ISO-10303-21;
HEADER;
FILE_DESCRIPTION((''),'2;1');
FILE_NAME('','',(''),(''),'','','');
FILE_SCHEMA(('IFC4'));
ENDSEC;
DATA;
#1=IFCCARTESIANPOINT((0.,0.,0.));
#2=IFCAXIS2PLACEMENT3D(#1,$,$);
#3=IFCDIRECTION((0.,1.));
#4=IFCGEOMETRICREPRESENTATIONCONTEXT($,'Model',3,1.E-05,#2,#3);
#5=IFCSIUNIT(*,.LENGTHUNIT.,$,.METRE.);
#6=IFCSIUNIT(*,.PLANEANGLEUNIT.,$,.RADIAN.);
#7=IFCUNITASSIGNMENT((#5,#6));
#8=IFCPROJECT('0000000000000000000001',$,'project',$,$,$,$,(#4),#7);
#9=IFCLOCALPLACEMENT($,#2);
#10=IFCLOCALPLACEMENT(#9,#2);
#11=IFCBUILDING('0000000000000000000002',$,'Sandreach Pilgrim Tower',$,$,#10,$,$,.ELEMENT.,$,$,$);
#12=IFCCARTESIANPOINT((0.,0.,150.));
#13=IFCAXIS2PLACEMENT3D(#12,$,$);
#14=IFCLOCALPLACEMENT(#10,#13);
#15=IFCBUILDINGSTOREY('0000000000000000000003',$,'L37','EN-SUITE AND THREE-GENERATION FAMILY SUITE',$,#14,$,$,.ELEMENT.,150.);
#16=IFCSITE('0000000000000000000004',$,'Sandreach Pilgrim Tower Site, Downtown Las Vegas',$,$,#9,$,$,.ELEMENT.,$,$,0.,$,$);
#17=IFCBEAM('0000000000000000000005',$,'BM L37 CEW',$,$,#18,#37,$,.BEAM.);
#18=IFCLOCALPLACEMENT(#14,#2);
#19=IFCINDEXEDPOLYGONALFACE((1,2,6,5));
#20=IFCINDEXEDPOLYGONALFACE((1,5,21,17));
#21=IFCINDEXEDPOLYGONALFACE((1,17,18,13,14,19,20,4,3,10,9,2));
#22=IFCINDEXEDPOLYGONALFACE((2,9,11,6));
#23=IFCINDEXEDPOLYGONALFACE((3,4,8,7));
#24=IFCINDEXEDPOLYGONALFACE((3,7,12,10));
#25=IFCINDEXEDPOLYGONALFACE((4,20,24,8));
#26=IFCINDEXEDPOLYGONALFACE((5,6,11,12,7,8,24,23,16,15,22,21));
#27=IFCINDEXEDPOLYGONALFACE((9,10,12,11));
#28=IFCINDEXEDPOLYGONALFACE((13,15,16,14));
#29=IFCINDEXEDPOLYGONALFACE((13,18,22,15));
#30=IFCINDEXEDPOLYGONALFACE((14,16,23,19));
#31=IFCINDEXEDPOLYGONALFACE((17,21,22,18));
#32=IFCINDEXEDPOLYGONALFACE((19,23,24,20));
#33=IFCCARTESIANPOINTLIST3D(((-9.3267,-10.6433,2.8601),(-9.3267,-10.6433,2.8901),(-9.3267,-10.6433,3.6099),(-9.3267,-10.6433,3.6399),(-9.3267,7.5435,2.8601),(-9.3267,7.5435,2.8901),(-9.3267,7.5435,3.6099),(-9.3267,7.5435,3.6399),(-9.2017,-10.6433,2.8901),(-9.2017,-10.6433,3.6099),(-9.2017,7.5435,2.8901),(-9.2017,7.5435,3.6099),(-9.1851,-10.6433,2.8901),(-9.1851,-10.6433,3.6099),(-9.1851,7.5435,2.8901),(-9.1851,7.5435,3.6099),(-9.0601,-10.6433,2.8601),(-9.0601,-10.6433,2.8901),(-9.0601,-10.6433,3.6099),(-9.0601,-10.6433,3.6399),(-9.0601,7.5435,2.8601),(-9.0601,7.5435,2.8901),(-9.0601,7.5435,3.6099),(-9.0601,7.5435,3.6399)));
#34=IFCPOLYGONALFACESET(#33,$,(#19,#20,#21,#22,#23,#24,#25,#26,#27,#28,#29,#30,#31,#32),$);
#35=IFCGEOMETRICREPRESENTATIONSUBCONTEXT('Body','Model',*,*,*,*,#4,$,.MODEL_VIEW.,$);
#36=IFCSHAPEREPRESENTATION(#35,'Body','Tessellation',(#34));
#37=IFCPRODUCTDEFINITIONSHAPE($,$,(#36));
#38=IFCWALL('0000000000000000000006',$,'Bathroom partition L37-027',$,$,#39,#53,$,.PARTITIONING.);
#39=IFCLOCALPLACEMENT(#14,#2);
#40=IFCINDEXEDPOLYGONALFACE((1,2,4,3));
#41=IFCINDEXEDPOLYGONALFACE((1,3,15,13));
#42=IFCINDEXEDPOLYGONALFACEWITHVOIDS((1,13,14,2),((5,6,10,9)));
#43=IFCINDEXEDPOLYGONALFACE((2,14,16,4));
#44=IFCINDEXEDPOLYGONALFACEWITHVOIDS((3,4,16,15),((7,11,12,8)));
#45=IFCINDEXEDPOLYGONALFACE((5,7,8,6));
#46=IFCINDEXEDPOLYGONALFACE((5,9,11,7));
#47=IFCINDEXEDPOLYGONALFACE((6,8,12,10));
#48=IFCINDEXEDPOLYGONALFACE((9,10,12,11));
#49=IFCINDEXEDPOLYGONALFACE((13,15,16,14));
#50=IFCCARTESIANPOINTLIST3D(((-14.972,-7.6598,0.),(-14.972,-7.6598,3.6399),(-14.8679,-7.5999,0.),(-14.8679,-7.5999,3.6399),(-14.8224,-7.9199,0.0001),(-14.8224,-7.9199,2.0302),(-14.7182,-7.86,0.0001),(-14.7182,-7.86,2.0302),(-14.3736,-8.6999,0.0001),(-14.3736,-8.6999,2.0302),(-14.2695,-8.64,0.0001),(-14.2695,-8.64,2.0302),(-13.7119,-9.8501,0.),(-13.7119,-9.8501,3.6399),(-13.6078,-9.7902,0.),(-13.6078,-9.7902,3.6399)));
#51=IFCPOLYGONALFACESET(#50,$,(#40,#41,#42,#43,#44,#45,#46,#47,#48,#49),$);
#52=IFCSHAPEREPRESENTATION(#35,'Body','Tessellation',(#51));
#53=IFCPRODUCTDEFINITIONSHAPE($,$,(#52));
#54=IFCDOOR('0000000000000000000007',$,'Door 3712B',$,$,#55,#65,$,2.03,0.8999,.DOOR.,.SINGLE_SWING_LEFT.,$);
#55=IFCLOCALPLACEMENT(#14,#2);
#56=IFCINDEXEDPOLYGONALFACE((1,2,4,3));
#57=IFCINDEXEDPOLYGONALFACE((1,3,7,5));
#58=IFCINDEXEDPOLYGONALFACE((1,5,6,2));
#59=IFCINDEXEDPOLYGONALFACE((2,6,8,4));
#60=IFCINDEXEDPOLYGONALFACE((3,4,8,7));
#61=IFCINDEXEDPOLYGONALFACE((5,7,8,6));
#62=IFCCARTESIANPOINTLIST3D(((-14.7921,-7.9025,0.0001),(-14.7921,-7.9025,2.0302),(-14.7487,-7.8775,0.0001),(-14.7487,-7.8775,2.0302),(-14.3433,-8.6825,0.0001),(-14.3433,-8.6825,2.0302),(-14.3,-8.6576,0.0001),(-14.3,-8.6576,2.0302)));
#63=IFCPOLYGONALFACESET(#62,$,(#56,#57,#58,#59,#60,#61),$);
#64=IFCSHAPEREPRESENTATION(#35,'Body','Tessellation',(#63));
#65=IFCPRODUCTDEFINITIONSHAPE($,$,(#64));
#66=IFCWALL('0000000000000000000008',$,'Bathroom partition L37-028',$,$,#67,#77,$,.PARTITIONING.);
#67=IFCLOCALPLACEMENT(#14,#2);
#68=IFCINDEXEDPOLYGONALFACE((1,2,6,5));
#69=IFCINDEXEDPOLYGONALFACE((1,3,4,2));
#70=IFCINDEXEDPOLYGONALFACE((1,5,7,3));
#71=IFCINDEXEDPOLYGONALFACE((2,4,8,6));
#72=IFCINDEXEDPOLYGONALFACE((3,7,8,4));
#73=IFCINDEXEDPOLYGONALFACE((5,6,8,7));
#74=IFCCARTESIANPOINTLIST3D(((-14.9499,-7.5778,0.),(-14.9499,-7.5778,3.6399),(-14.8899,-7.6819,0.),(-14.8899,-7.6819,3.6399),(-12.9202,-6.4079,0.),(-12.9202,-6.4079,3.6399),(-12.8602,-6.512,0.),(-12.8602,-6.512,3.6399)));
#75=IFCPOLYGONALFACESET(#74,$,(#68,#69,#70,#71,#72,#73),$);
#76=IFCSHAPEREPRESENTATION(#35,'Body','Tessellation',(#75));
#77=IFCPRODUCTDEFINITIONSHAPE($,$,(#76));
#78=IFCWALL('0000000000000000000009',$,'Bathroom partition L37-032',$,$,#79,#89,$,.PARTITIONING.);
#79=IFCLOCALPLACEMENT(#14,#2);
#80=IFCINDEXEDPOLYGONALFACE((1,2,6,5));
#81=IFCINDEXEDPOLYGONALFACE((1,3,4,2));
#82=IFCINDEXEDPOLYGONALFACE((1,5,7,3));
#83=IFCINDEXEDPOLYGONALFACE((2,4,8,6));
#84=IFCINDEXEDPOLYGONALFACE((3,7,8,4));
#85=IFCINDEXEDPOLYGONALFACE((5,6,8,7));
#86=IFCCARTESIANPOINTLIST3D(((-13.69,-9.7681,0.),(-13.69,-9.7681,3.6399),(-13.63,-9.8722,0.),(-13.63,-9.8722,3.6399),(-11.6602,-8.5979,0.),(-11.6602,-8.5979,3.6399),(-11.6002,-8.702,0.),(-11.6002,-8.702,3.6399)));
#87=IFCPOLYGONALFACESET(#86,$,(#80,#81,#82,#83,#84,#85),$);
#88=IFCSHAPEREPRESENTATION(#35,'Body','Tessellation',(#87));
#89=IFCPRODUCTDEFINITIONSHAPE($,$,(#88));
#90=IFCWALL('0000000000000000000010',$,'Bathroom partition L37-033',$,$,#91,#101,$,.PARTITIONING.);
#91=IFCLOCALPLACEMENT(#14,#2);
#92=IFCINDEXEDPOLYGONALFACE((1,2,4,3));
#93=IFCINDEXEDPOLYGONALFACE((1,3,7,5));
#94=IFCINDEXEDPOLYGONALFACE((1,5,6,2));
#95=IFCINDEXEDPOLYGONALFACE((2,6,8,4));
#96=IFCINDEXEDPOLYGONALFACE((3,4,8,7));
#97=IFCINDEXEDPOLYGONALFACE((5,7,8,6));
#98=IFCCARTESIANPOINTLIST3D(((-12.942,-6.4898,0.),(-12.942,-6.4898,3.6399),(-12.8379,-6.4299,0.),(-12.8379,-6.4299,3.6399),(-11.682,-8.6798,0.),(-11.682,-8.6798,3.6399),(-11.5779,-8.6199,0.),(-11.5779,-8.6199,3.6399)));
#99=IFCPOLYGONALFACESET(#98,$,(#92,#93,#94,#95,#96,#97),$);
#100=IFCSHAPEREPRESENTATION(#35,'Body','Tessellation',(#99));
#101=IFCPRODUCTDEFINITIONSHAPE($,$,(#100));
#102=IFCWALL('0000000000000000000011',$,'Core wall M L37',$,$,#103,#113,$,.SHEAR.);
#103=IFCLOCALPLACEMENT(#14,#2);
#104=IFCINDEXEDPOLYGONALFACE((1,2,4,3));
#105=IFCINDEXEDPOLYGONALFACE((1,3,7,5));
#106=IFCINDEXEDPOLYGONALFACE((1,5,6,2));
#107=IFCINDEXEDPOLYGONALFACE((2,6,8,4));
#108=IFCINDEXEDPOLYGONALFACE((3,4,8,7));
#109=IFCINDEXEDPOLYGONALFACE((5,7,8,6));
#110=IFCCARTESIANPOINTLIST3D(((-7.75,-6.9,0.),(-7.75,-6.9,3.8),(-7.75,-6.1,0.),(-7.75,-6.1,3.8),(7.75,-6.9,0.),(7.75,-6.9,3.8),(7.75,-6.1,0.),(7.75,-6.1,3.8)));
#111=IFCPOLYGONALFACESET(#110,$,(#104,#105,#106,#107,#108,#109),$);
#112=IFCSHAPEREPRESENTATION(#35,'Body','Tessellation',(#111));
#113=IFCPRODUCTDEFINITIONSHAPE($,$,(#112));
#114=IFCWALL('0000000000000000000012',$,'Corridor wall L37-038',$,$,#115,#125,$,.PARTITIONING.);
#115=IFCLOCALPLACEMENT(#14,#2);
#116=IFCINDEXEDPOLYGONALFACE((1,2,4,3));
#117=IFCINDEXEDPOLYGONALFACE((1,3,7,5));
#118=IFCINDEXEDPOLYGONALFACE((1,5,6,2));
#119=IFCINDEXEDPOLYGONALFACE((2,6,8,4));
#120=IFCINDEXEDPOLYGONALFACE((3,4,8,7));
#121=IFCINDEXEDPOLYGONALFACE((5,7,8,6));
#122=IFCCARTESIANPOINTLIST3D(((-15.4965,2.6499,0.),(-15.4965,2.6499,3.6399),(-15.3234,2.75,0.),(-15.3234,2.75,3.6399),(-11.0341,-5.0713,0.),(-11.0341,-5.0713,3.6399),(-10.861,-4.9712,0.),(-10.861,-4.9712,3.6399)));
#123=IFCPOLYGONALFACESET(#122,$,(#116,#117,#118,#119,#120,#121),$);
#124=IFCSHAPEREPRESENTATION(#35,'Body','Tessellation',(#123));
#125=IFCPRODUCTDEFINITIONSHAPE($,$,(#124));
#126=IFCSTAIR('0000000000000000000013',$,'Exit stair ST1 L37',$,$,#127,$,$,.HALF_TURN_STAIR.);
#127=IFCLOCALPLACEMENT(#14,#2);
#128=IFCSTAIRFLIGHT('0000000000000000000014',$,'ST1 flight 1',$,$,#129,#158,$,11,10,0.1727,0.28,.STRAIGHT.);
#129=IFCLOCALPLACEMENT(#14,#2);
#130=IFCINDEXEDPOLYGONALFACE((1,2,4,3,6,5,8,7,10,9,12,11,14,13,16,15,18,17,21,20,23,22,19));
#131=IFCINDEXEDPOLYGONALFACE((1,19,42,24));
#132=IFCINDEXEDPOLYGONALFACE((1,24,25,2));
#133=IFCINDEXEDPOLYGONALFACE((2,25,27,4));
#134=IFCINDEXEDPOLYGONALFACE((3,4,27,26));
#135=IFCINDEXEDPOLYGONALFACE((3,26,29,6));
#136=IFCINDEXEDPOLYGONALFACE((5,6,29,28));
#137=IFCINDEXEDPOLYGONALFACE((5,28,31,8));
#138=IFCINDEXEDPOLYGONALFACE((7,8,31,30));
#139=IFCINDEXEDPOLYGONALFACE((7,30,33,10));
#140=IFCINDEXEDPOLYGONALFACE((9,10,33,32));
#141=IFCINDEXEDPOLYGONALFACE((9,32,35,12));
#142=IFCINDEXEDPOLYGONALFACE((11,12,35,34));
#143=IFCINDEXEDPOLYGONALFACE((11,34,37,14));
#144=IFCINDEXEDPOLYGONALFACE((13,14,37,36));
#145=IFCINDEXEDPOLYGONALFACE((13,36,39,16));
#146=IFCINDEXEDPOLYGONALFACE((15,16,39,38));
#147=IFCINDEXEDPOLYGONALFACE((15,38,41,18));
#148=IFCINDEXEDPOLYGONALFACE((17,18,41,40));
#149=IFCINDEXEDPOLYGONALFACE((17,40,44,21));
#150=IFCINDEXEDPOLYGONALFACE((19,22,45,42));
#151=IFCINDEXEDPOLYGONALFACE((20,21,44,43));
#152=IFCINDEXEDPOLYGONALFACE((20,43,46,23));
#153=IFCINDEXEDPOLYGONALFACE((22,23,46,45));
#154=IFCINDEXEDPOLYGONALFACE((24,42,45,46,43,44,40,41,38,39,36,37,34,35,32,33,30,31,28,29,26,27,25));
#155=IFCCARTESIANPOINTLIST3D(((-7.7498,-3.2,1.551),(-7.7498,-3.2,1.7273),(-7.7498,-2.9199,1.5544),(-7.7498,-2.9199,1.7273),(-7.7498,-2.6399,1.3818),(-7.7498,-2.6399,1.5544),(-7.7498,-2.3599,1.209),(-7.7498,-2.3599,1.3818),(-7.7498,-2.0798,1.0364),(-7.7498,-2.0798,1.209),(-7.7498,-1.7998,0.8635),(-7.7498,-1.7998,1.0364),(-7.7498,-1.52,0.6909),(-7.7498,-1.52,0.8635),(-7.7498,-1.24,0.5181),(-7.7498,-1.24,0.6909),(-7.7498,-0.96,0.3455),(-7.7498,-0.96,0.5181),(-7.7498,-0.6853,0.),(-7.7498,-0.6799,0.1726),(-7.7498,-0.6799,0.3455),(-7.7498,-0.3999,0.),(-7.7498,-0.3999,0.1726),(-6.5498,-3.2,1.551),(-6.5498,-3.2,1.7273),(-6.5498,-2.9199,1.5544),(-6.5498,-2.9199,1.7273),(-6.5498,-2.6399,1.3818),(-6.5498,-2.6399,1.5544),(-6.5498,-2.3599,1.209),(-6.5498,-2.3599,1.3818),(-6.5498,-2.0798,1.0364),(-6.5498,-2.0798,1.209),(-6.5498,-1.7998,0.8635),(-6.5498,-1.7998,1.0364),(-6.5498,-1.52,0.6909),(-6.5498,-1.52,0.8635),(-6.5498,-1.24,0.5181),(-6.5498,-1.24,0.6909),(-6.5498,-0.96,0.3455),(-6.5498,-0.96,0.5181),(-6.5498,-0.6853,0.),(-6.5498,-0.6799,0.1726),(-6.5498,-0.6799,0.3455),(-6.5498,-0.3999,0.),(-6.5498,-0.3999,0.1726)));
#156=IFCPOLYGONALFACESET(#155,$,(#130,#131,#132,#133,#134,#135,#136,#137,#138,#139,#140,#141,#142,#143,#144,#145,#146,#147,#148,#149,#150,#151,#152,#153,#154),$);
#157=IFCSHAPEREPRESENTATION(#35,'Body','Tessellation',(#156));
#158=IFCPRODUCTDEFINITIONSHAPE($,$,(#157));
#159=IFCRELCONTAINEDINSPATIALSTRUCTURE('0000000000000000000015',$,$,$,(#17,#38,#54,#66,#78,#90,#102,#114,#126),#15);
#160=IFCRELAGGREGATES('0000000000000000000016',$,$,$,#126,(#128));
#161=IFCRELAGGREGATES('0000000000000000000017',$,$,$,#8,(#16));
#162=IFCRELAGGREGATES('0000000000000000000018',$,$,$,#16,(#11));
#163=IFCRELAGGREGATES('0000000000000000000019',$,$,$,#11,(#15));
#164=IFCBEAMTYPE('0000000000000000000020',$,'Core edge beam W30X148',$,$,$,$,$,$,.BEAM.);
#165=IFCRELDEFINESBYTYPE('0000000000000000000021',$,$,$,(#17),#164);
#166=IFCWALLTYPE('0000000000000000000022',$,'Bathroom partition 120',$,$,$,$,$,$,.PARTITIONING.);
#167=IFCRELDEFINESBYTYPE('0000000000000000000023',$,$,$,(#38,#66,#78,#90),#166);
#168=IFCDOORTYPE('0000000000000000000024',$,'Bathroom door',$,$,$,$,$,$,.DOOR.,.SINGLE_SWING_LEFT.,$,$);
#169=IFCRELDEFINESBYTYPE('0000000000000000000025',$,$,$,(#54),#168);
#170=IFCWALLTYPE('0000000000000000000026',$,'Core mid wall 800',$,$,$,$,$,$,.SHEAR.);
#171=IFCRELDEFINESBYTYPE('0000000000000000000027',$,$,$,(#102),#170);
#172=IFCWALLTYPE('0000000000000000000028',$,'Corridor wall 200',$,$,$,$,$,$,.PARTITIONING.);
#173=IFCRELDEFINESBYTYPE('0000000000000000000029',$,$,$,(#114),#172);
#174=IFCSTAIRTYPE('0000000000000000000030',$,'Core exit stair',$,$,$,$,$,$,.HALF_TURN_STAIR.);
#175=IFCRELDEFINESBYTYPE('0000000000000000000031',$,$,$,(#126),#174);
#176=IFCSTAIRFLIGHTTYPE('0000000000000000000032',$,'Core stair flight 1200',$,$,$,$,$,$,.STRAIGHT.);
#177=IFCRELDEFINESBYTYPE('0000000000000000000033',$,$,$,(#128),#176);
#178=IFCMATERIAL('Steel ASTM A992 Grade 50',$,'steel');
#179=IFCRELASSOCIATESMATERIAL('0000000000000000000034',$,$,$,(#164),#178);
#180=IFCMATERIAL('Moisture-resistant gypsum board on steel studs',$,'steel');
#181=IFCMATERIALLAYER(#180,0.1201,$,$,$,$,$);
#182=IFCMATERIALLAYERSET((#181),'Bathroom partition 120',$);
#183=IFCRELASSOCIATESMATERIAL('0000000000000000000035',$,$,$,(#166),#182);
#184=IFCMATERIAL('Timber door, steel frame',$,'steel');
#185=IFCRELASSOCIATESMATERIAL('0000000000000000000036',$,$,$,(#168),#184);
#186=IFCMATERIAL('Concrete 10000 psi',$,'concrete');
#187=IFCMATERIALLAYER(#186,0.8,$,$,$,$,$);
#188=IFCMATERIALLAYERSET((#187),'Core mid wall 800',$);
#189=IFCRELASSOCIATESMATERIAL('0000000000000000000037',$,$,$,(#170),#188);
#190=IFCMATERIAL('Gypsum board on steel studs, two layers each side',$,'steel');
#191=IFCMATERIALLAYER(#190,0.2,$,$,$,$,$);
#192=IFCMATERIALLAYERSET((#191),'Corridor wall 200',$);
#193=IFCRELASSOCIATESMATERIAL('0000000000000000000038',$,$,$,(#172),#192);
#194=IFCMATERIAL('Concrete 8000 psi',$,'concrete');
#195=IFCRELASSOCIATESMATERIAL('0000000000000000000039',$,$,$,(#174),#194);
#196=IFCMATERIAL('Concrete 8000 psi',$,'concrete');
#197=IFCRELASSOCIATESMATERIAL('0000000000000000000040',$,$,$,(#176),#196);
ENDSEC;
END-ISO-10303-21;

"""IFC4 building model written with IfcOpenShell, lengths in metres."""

from ifc_helpers import new_model, si_unit, direction, frame, frame_2d, origin, origin_2d, place, context, subcontext, project, spatial, polyline, rectangle, i_section, outline, extrude, material, layer, layer_set, material_profile, profile_set, type_object, element, fill, aggregate, save


model = new_model("IFC4")

# Units and contexts
model_context = context("Model", 3, precision=1e-05, world=origin(), true_north=direction((0.0, 1.0)))
body_context = subcontext(model_context, "Body", "Model", "MODEL_VIEW")
ifc_project = project(units=[si_unit("LENGTHUNIT", "METRE"), si_unit("PLANEANGLEUNIT", "RADIAN")], contexts=[model_context])

# Site, building, storey
site_placement = place(None, origin())
site = spatial("IfcSite", under=ifc_project, at=site_placement, Name="Sandreach Pilgrim Tower Site, Downtown Las Vegas", CompositionType="ELEMENT", RefElevation=0.0)
building_placement = place(site_placement, origin())
building = spatial("IfcBuilding", under=site, at=building_placement, Name="Sandreach Pilgrim Tower", CompositionType="ELEMENT")
storey_placement = place(building_placement, frame((0.0, 0.0, 150.0)))
storey = spatial("IfcBuildingStorey", under=building, at=storey_placement, Name="L37", Description="EN-SUITE AND THREE-GENERATION FAMILY SUITE", CompositionType="ELEMENT", Elevation=150.0)

# Beam
ifc_material_1 = material(Name="Steel ASTM A992 Grade 50", Category="steel")
ifc_material_profile = material_profile(ifc_material_1, i_section(OverallWidth=0.2666, OverallDepth=0.7798, WebThickness=0.0166, FlangeThickness=0.03, at=origin_2d()), Name="W30X148")
ifc_profile_set = profile_set([ifc_material_profile], Name="Steel ASTM A992 Grade 50")
beam_type = type_object("IfcBeamType", Name="Core edge beam W30X148", PredefinedType="BEAM", material=ifc_profile_set)
beam_placement = place(storey_placement, frame((-9.1934, -10.6433, 3.25), z_axis=(0.0, 1.0, 0.0), x_axis=(-1.0, 0.0, 0.0)))
element("IfcBeam", 1, at=beam_placement, inside=storey, type_object=beam_type, Name="BM L37 CEW", PredefinedType="BEAM", context=body_context, shape_type="SweptSolid", body=[
    extrude(i_section(OverallWidth=0.2666, OverallDepth=0.7798, WebThickness=0.0166, FlangeThickness=0.03, at=origin_2d()), origin(), (0.0, 0.0, 1.0), 18.1868),
])

# Wall, opening, door
ifc_material_2 = material(Name="Moisture-resistant gypsum board on steel studs", Category="steel")
ifc_layer_1 = layer(ifc_material_2, 0.1201)
ifc_layer_set_1 = layer_set([ifc_layer_1], Name="Bathroom partition 120")
wall_type_1 = type_object("IfcWallType", Name="Bathroom partition 120", PredefinedType="PARTITIONING", material=ifc_layer_set_1)
wall_1_placement = place(storey_placement, frame((-14.9199, -7.6299, 0.0), z_axis=(0.0, 0.0, 1.0), x_axis=(0.498665, -0.866795, 0.0)))
wall_1 = element("IfcWall", 2, at=wall_1_placement, inside=storey, type_object=wall_type_1, Name="Bathroom partition L37-027", PredefinedType="PARTITIONING", context=body_context, shape_type="SweptSolid", body=[
    extrude(rectangle(XDim=2.5269, YDim=0.1201, at=frame_2d((1.2634, 0.0))), origin(), (0.0, 0.0, 1.0), 3.6399),
])
opening_1_placement = place(wall_1_placement, frame((0.3, 0.0, 0.0)))
opening_1 = element("IfcOpeningElement", 3, at=opening_1_placement, cuts=wall_1, PredefinedType="OPENING", context=body_context, shape_type="SweptSolid", body=[
    extrude(rectangle(XDim=0.8999, YDim=2.03, at=frame_2d((0.45, 1.0151))), frame((0.0, 0.0601, 0.0), z_axis=(0.0, -1.0, 0.0), x_axis=(1.0, 0.0, 0.0)), (0.0, 0.0, 1.0), 0.1201),
])
ifc_material_3 = material(Name="Timber door, steel frame", Category="steel")
door_type_1 = type_object("IfcDoorType", Name="Bathroom door", OperationType="SINGLE_SWING_LEFT", PredefinedType="DOOR", material=ifc_material_3)
door_1_placement = place(opening_1_placement, origin())
door_1 = element("IfcDoor", 4, at=door_1_placement, inside=storey, type_object=door_type_1, Name="Door 3712B", OperationType="SINGLE_SWING_LEFT", OverallHeight=2.03, OverallWidth=0.8999, PredefinedType="DOOR", context=body_context, shape_type="SweptSolid", body=[
    extrude(rectangle(XDim=0.8999, YDim=2.03, at=frame_2d((0.45, 1.0151))), frame((0.0, 0.0249, 0.0), z_axis=(0.0, -1.0, 0.0), x_axis=(1.0, 0.0, 0.0)), (0.0, 0.0, 1.0), 0.05),
])
fill(opening_1, door_1)

# Walls
wall_2_placement = place(storey_placement, frame((-14.9199, -7.6299, 0.0), z_axis=(0.0, 0.0, 1.0), x_axis=(0.86639, 0.499368, 0.0)))
element("IfcWall", 5, at=wall_2_placement, inside=storey, type_object=wall_type_1, Name="Bathroom partition L37-028", PredefinedType="PARTITIONING", context=body_context, shape_type="SweptSolid", body=[
    extrude(rectangle(XDim=2.3428, YDim=0.1201, at=frame_2d((1.1714, 0.0))), origin(), (0.0, 0.0, 1.0), 3.6399),
])
wall_3_placement = place(storey_placement, frame((-13.6599, -9.8201, 0.0), z_axis=(0.0, 0.0, 1.0), x_axis=(0.866345, 0.499446, 0.0)))
element("IfcWall", 6, at=wall_3_placement, inside=storey, type_object=wall_type_1, Name="Bathroom partition L37-032", PredefinedType="PARTITIONING", context=body_context, shape_type="SweptSolid", body=[
    extrude(rectangle(XDim=2.343, YDim=0.1201, at=frame_2d((1.1714, 0.0))), origin(), (0.0, 0.0, 1.0), 3.6399),
])
wall_4_placement = place(storey_placement, frame((-12.8899, -6.46, 0.0), z_axis=(0.0, 0.0, 1.0), x_axis=(0.498707, -0.866771, 0.0)))
element("IfcWall", 7, at=wall_4_placement, inside=storey, type_object=wall_type_1, Name="Bathroom partition L37-033", PredefinedType="PARTITIONING", context=body_context, shape_type="SweptSolid", body=[
    extrude(rectangle(XDim=2.5266, YDim=0.1201, at=frame_2d((1.2632, 0.0))), origin(), (0.0, 0.0, 1.0), 3.6399),
])
ifc_material_4 = material(Name="Concrete 10000 psi", Category="concrete")
ifc_layer_2 = layer(ifc_material_4, 0.8)
ifc_layer_set_2 = layer_set([ifc_layer_2], Name="Core mid wall 800")
wall_type_2 = type_object("IfcWallType", Name="Core mid wall 800", PredefinedType="SHEAR", material=ifc_layer_set_2)
wall_5_placement = place(storey_placement, frame((-7.75, -6.5, 0.0), z_axis=(0.0, 0.0, 1.0), x_axis=(1.0, 0.0, 0.0)))
element("IfcWall", 8, at=wall_5_placement, inside=storey, type_object=wall_type_2, Name="Core wall M L37", PredefinedType="SHEAR", context=body_context, shape_type="SweptSolid", body=[
    extrude(rectangle(XDim=15.5, YDim=0.8, at=frame_2d((7.75, 0.0))), origin(), (0.0, 0.0, 1.0), 3.8),
])

# Shared definitions
ifc_material_5 = material(Name="Gypsum board on steel studs, two layers each side", Category="steel")
ifc_layer_3 = layer(ifc_material_5, 0.2)
ifc_layer_set_3 = layer_set([ifc_layer_3], Name="Corridor wall 200")
wall_type_3 = type_object("IfcWallType", Name="Corridor wall 200", PredefinedType="PARTITIONING", material=ifc_layer_set_3)

# Wall
wall_6_placement = place(storey_placement, frame((-10.9475, -5.0212, 0.0), z_axis=(0.0, 0.0, 1.0), x_axis=(-0.500384, 0.865803, 0.0)))
element("IfcWall", 9, at=wall_6_placement, inside=storey, type_object=wall_type_3, Name="Corridor wall L37-038", PredefinedType="PARTITIONING", context=body_context, shape_type="SweptSolid", body=[
    extrude(rectangle(XDim=8.918, YDim=0.2, at=frame_2d((4.459, 0.0))), origin(), (0.0, 0.0, 1.0), 3.6399),
])

# Stair, stair flight
ifc_material_6 = material(Name="Concrete 8000 psi", Category="concrete")
stair_type = type_object("IfcStairType", Name="Core exit stair", PredefinedType="HALF_TURN_STAIR", material=ifc_material_6)
stair_placement = place(storey_placement, origin())
stair = element("IfcStair", 10, at=stair_placement, inside=storey, type_object=stair_type, Name="Exit stair ST1 L37", PredefinedType="HALF_TURN_STAIR")
ifc_material_7 = material(Name="Concrete 8000 psi", Category="concrete")
stair_flight_type = type_object("IfcStairFlightType", Name="Core stair flight 1200", PredefinedType="STRAIGHT", material=ifc_material_7)
stair_flight_1_placement = place(storey_placement, frame((-7.1499, -0.3999, 0.0), z_axis=(0.0, 0.0, 1.0), x_axis=(0.0, -1.0, 0.0)))
stair_flight_1 = element("IfcStairFlight", 11, at=stair_flight_1_placement, type_object=stair_flight_type, Name="ST1 flight 1", NumberOfRisers=11, NumberOfTreads=10, PredefinedType="STRAIGHT", RiserHeight=0.1727, TreadLength=0.28, context=body_context, shape_type="SweptSolid", body=[
    extrude(outline(polyline([(0.0, 0.0), (0.0, 0.1726), (0.28, 0.1726), (0.28, 0.3455), (0.5601, 0.3455), (0.5601, 0.5181), (0.8401, 0.5181), (0.8401, 0.6909), (1.1201, 0.6909), (1.1201, 0.8635), (1.3999, 0.8635), (1.3999, 1.0364), (1.6799, 1.0364), (1.6799, 1.209), (1.96, 1.209), (1.96, 1.3818), (2.24, 1.3818), (2.24, 1.5544), (2.52, 1.5544), (2.52, 1.7273), (2.8, 1.7273), (2.8, 1.8999), (2.8, 1.551), (0.2854, 0.0), (0.0, 0.0)])), frame((0.0, 0.6001, 0.0), z_axis=(0.0, -1.0, 0.0), x_axis=(1.0, 0.0, 0.0)), (0.0, 0.0, 1.0), 1.2),
])
aggregate(stair, [stair_flight_1])

save(model, "model.ifc")
